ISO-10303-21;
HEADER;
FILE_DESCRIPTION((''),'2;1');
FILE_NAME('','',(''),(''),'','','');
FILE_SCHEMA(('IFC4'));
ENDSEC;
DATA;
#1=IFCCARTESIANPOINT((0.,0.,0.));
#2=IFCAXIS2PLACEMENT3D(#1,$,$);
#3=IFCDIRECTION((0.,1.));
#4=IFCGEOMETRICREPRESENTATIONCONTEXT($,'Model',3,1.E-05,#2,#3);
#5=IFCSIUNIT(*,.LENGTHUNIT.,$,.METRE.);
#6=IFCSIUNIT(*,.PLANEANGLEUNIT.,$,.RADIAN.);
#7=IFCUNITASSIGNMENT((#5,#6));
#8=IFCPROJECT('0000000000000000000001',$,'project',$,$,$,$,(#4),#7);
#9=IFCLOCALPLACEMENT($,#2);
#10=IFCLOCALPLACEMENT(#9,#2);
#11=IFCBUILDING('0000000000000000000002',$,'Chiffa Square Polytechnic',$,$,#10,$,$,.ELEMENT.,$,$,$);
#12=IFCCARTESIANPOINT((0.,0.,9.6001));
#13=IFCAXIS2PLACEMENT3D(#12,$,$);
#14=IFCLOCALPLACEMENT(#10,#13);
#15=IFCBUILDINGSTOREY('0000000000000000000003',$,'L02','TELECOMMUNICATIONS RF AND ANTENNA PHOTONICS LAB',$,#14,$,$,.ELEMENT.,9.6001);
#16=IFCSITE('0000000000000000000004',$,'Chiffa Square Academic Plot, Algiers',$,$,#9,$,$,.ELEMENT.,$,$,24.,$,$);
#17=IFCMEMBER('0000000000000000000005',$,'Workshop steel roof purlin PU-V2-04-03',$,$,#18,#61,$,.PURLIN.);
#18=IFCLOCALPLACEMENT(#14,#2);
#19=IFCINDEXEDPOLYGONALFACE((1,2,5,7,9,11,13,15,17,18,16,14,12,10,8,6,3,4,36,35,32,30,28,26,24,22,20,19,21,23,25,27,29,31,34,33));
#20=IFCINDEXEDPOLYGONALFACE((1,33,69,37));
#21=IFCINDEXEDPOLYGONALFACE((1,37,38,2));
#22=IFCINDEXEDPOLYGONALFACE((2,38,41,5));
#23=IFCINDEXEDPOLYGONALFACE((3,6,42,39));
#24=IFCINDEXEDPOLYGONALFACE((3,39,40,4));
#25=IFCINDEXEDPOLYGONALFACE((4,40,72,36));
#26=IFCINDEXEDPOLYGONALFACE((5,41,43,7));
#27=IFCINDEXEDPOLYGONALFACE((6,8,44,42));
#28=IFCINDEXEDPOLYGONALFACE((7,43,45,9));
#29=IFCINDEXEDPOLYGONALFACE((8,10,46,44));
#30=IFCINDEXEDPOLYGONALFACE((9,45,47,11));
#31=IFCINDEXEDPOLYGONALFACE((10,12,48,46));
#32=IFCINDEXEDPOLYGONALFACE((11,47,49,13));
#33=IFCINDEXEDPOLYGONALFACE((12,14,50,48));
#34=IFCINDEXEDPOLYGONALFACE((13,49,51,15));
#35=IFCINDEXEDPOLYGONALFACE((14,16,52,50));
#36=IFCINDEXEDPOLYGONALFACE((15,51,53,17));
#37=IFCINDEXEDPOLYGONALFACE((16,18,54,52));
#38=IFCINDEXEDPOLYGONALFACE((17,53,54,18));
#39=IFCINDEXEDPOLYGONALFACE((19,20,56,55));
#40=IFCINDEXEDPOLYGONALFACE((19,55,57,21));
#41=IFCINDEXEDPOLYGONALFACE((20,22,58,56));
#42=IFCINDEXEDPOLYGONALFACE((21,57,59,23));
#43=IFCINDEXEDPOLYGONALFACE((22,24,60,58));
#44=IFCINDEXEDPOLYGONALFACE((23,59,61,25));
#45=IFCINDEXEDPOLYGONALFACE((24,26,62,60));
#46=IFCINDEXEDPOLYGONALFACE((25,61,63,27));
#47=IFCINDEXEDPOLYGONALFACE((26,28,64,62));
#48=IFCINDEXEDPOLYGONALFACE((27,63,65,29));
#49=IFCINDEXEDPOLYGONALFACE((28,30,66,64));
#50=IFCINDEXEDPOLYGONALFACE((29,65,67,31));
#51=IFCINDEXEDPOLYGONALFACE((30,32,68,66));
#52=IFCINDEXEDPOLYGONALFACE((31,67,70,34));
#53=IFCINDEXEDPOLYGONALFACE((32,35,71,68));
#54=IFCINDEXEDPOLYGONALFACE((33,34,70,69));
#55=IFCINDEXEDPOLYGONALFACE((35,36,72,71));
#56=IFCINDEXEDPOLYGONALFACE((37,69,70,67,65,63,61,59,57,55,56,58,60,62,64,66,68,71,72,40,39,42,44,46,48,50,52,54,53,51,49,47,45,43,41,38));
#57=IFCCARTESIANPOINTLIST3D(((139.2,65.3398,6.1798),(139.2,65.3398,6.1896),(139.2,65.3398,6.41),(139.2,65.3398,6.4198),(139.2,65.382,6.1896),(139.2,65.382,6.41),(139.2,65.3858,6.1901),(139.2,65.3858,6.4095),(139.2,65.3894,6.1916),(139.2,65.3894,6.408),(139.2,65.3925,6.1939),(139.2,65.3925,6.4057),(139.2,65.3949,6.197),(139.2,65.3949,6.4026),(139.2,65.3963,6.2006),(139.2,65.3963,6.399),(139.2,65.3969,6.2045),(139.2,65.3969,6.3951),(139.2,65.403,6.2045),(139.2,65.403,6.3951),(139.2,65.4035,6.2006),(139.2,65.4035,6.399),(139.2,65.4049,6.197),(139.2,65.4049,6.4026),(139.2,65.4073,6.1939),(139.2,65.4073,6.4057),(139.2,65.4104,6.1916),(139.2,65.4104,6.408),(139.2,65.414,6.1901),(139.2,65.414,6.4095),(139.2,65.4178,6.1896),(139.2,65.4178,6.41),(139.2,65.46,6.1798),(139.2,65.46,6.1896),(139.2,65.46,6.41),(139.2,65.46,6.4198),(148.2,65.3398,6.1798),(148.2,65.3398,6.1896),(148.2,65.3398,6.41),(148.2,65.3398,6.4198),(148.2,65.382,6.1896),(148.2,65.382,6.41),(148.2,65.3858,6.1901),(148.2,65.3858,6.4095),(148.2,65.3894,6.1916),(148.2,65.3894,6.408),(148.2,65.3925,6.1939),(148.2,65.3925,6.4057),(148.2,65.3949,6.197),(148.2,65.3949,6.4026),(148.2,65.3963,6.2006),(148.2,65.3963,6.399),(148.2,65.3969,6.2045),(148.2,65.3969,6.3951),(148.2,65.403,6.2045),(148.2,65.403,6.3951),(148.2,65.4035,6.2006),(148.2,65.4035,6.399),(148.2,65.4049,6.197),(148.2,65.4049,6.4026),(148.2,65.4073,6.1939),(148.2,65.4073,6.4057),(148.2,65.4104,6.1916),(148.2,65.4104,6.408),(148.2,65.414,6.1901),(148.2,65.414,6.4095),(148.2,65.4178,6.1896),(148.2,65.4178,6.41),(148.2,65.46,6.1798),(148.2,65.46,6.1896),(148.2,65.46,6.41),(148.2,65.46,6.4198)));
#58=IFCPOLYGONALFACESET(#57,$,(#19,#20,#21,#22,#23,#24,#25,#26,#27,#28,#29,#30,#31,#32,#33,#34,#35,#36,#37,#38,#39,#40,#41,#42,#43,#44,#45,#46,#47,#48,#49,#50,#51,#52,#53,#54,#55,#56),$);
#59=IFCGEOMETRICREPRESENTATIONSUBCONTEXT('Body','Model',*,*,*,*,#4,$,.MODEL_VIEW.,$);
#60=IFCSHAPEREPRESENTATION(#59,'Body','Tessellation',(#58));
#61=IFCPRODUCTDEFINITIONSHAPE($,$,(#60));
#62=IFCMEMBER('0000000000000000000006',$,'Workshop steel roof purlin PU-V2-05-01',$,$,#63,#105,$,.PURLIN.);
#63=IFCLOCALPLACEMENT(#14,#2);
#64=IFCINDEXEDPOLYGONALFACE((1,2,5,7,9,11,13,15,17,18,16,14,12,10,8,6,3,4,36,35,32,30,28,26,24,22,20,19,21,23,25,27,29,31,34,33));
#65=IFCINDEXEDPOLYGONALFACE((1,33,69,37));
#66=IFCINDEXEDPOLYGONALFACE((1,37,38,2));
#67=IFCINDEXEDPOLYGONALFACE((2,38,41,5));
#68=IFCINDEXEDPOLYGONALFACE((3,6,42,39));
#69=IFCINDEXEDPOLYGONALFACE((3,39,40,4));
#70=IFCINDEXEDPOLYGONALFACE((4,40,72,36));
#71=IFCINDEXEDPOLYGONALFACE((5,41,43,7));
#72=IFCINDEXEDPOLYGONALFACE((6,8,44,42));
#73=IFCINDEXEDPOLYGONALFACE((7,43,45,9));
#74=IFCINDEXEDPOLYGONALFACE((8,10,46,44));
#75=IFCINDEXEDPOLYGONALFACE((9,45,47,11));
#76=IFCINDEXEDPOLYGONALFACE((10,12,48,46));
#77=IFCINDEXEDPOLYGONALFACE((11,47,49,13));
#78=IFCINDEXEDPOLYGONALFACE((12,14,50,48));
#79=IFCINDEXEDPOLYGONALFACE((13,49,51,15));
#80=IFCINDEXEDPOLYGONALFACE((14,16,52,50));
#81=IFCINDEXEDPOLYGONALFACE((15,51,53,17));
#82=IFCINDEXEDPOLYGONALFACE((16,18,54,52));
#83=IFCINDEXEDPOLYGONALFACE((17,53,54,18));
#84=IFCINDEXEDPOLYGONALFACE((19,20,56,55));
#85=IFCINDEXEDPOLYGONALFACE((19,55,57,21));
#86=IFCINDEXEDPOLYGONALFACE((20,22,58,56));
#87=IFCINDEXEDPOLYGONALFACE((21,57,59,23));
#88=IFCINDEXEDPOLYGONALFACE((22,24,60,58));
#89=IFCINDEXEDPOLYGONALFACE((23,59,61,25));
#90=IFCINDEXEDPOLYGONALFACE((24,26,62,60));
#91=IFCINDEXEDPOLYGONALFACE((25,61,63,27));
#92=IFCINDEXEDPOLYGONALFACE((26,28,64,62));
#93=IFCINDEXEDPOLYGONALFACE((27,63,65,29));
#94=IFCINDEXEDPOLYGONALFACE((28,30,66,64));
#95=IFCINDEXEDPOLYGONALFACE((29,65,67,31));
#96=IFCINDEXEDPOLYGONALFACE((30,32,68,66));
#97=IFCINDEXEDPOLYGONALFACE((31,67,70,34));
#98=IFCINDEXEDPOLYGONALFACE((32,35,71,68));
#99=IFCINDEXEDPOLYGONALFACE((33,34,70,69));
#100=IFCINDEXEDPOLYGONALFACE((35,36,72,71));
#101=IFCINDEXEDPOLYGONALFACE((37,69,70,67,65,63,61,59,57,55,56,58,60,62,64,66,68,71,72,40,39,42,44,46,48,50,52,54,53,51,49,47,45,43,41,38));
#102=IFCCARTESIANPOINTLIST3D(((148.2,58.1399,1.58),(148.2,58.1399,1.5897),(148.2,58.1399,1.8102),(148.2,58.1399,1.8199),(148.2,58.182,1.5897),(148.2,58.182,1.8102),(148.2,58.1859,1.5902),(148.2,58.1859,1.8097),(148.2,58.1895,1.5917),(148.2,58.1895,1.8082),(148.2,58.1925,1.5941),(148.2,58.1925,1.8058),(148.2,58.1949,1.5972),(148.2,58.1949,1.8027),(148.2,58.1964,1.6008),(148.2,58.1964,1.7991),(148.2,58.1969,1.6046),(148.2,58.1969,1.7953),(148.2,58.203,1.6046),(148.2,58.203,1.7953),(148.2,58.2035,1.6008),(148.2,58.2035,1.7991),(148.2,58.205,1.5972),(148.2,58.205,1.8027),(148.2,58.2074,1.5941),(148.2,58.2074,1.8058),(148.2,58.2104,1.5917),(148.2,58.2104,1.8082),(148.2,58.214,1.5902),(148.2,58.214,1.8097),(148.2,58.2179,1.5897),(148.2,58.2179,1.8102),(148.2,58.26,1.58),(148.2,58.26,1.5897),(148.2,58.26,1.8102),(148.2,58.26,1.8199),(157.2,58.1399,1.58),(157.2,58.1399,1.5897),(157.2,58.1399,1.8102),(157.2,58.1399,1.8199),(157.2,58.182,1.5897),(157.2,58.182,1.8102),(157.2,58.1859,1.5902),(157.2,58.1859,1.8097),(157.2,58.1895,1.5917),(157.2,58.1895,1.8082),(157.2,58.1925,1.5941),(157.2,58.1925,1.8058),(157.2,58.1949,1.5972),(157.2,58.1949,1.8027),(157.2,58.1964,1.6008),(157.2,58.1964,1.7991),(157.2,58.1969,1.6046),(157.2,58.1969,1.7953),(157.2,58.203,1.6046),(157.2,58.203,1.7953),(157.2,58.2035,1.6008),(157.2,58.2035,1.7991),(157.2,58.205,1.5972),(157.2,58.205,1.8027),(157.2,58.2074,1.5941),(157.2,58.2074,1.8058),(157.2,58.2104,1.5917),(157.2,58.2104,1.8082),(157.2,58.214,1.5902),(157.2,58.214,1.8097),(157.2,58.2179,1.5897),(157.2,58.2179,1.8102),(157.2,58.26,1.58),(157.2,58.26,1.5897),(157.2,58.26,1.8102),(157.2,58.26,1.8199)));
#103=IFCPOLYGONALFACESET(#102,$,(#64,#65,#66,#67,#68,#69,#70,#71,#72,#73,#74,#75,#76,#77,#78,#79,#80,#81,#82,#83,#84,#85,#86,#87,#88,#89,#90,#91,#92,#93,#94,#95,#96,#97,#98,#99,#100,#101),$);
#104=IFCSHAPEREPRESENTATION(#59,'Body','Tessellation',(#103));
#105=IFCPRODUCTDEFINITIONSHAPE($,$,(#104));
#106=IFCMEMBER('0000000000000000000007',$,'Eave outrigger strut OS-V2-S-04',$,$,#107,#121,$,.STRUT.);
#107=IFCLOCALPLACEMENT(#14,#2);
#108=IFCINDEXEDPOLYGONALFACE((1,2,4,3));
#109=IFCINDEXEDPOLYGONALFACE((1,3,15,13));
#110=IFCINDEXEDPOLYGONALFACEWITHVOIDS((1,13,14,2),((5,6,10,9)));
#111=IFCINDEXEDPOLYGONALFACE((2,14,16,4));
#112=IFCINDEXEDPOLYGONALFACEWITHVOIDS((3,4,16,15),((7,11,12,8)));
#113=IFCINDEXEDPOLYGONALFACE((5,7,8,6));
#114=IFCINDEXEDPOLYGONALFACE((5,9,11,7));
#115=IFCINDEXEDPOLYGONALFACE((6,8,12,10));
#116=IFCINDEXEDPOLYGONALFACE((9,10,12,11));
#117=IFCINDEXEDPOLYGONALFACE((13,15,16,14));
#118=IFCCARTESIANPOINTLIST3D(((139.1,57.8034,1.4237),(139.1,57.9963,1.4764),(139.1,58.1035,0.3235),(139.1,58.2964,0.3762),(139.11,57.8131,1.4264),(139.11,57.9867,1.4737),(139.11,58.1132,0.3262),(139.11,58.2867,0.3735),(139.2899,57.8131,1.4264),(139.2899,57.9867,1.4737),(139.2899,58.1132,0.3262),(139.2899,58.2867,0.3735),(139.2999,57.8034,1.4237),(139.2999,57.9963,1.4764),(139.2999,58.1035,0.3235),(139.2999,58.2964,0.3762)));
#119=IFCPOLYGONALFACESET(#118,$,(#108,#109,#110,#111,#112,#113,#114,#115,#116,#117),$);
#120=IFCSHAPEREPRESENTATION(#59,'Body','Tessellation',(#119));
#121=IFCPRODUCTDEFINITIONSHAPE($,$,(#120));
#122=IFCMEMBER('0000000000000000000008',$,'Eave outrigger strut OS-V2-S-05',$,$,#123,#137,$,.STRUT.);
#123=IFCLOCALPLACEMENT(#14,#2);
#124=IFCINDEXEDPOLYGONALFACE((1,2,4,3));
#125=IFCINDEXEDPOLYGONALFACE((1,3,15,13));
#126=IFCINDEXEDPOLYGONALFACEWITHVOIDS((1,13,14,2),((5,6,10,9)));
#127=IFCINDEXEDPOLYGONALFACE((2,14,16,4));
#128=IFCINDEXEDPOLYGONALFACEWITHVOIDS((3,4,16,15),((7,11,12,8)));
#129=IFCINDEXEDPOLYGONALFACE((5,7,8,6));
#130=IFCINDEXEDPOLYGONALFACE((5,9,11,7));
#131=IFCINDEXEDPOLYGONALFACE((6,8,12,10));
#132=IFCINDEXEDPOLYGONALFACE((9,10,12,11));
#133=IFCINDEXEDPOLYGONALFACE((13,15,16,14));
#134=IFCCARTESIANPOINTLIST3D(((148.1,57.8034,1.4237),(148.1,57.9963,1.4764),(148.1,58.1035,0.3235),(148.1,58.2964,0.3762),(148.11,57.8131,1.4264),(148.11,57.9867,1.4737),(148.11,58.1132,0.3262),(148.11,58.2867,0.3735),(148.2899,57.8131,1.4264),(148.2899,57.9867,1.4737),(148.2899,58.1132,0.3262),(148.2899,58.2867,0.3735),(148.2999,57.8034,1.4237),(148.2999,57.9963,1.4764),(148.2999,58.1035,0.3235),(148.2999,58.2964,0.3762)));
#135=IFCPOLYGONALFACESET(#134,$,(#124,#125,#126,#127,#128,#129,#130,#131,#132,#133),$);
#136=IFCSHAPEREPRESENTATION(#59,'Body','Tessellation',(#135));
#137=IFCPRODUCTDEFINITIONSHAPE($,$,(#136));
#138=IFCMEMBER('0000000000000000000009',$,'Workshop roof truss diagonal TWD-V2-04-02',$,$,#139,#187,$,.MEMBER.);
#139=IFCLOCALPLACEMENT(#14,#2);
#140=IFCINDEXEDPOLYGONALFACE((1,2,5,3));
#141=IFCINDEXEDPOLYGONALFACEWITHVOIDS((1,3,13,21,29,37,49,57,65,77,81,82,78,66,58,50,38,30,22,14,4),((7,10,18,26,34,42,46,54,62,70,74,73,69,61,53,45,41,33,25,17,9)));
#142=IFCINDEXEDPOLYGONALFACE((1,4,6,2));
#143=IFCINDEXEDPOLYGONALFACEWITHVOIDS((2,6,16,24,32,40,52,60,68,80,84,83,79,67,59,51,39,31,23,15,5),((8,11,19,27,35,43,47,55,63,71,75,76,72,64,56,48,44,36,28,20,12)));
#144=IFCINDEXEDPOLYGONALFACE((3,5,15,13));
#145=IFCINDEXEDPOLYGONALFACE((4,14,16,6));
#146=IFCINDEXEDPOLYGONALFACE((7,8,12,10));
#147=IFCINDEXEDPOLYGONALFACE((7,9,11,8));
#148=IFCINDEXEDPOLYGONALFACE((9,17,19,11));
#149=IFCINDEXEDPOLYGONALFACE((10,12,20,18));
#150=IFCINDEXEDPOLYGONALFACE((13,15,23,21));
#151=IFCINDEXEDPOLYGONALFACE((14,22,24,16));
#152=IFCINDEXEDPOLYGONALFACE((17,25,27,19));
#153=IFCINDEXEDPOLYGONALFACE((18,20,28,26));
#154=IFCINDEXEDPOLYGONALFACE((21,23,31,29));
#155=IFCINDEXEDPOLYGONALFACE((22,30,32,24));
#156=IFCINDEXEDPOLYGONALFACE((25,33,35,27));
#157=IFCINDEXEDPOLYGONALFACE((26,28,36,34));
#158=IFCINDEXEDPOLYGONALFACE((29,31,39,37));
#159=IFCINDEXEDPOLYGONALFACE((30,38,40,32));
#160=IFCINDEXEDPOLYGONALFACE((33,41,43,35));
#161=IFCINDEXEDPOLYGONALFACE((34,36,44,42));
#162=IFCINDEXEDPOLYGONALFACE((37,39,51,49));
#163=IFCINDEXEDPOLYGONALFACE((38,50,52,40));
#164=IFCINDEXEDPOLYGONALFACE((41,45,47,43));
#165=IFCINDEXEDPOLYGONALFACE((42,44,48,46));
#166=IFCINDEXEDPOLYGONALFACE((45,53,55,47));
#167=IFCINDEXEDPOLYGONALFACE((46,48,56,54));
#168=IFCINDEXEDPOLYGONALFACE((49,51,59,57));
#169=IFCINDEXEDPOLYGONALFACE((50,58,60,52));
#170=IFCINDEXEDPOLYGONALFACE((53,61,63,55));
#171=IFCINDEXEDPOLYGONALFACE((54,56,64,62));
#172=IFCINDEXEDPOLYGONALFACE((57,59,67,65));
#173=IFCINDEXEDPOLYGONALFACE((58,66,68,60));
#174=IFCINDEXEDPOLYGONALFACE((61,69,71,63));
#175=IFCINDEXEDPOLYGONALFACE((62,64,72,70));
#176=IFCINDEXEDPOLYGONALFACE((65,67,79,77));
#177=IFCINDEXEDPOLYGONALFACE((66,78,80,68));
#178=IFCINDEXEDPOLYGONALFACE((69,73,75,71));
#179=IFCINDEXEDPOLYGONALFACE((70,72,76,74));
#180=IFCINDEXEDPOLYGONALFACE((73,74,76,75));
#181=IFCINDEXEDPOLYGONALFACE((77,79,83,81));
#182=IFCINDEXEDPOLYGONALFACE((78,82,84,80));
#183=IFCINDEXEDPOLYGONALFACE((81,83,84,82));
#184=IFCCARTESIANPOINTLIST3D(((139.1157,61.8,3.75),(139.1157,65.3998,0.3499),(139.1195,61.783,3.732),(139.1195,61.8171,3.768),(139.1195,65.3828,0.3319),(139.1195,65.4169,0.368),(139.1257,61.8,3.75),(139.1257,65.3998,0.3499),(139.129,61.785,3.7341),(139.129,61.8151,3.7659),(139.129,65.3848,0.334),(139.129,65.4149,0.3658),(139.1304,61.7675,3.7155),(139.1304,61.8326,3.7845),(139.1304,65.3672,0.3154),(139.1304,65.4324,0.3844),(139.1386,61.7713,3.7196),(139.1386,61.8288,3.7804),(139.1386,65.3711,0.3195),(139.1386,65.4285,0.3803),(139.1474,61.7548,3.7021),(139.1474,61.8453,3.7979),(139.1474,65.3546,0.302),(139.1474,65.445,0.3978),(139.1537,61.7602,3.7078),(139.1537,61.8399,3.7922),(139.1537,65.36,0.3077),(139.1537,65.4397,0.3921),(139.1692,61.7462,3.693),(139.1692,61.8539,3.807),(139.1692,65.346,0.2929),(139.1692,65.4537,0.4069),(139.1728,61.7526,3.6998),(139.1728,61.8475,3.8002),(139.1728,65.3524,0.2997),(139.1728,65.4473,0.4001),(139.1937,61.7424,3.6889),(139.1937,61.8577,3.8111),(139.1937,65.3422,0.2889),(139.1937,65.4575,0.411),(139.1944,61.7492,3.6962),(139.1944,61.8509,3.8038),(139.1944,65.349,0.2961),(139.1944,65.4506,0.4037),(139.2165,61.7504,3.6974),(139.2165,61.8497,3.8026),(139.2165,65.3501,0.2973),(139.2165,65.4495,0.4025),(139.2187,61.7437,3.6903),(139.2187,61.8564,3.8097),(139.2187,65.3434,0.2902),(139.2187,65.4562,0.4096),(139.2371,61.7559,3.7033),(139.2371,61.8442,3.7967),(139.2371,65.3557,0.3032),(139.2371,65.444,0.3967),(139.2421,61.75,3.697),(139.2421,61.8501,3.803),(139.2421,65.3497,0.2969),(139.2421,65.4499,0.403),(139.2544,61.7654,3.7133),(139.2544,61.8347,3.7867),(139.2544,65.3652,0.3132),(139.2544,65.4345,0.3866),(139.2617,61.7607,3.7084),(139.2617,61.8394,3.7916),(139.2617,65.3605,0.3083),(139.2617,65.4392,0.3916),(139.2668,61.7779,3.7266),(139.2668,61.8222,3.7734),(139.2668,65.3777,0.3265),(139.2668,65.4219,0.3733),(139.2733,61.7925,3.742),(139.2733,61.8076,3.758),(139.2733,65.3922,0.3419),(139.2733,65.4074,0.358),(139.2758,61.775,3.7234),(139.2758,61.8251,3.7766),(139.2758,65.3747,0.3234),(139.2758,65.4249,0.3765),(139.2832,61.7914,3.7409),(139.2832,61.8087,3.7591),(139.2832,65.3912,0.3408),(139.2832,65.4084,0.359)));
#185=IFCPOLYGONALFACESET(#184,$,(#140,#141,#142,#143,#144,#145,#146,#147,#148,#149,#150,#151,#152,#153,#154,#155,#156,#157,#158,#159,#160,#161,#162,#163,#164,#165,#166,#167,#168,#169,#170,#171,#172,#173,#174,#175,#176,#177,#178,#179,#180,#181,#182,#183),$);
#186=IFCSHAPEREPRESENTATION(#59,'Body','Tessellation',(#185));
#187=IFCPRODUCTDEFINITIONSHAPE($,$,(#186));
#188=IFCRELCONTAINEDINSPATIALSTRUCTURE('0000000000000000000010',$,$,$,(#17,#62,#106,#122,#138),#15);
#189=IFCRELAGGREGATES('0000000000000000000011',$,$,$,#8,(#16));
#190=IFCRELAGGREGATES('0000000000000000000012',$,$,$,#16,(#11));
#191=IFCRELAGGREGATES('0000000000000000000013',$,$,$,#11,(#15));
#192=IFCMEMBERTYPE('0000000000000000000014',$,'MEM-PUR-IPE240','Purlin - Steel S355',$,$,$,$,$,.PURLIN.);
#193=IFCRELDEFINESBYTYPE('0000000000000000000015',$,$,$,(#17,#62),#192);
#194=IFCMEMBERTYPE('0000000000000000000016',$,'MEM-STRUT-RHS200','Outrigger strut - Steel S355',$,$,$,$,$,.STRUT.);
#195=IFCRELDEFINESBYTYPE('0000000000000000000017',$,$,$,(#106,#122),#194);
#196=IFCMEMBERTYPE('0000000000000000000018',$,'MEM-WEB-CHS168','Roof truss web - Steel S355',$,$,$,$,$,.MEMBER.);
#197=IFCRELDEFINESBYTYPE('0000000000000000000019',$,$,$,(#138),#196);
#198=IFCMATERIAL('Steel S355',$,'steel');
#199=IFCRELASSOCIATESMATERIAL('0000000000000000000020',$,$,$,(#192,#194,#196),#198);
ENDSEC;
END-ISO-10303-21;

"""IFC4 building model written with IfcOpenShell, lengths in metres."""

from ifc_helpers import new_model, si_unit, direction, frame, origin, origin_2d, place, context, subcontext, project, spatial, hollow_rectangle, hollow_circle, i_section, extrude, material, material_profile, profile_set, type_object, element, save


model = new_model("IFC4")

# Units and contexts
model_context = context("Model", 3, precision=1e-05, world=origin(), true_north=direction((0.0, 1.0)))
body_context = subcontext(model_context, "Body", "Model", "MODEL_VIEW")
ifc_project = project(units=[si_unit("LENGTHUNIT", "METRE"), si_unit("PLANEANGLEUNIT", "RADIAN")], contexts=[model_context])

# Site, building, storey
site_placement = place(None, origin())
site = spatial("IfcSite", under=ifc_project, at=site_placement, Name="Chiffa Square Academic Plot, Algiers", CompositionType="ELEMENT", RefElevation=24.0)
building_placement = place(site_placement, origin())
building = spatial("IfcBuilding", under=site, at=building_placement, Name="Chiffa Square Polytechnic", CompositionType="ELEMENT")
storey_placement = place(building_placement, frame((0.0, 0.0, 9.6001)))
storey = spatial("IfcBuildingStorey", under=building, at=storey_placement, Name="L02", Description="TELECOMMUNICATIONS RF AND ANTENNA PHOTONICS LAB", CompositionType="ELEMENT", Elevation=9.6001)

# Shared definitions
ifc_material = material(Name="Steel S355", Category="steel")

# Members
ifc_material_profile_1 = material_profile(ifc_material, i_section(OverallWidth=0.1201, OverallDepth=0.24, WebThickness=0.0061, FlangeThickness=0.0098, FilletRadius=0.0149, at=origin_2d()), Name="IPE 240")
ifc_profile_set_1 = profile_set([ifc_material_profile_1], Name="Steel S355")
member_type_1 = type_object("IfcMemberType", Name="MEM-PUR-IPE240", Description="Purlin - Steel S355", PredefinedType="PURLIN", material=ifc_profile_set_1)
for number, where, z_axis, x_axis, name in (
    (1, (139.2, 65.3999, 6.2998), (1.0, 0.0, 0.0), (0.0, 1.0, 0.0), "Workshop steel roof purlin PU-V2-04-03"),
    (2, (148.2, 58.2, 1.7), (1.0, 0.0, 0.0), (0.0, 1.0, 0.0), "Workshop steel roof purlin PU-V2-05-01"),
):
    element("IfcMember", number, at=place(storey_placement, frame(where, z_axis=z_axis, x_axis=x_axis)), inside=storey, type_object=member_type_1, Name=name, PredefinedType="PURLIN", context=body_context, shape_type="SweptSolid", body=[
        extrude(i_section(OverallWidth=0.1201, OverallDepth=0.24, WebThickness=0.0061, FlangeThickness=0.0098, FilletRadius=0.0149, at=origin_2d()), origin(), (0.0, 0.0, 1.0), 9.0),
    ])
ifc_material_profile_2 = material_profile(ifc_material, hollow_rectangle(XDim=0.2, YDim=0.2, WallThickness=0.01, at=origin_2d()), Name="RHS 200x200x10")
ifc_profile_set_2 = profile_set([ifc_material_profile_2], Name="Steel S355")
member_type_2 = type_object("IfcMemberType", Name="MEM-STRUT-RHS200", Description="Outrigger strut - Steel S355", PredefinedType="STRUT", material=ifc_profile_set_2)
for number, where, z_axis, x_axis, name in (
    (3, (139.2, 58.2, 0.3499), (0.0, -0.263136, 0.964759), (1.0, 0.0, 0.0), "Eave outrigger strut OS-V2-S-04"),
    (4, (148.2, 58.2, 0.3499), (0.0, -0.263136, 0.964759), (1.0, 0.0, 0.0), "Eave outrigger strut OS-V2-S-05"),
):
    element("IfcMember", number, at=place(storey_placement, frame(where, z_axis=z_axis, x_axis=x_axis)), inside=storey, type_object=member_type_2, Name=name, PredefinedType="STRUT", context=body_context, shape_type="SweptSolid", body=[
        extrude(hollow_rectangle(XDim=0.2, YDim=0.2, WallThickness=0.01, at=origin_2d()), origin(), (0.0, 0.0, 1.0), 1.1404),
    ])
ifc_material_profile_3 = material_profile(ifc_material, hollow_circle(Radius=0.0842, WallThickness=0.01, at=origin_2d()), Name="CHS 168.3x10")
ifc_profile_set_3 = profile_set([ifc_material_profile_3], Name="Steel S355")
member_type_3 = type_object("IfcMemberType", Name="MEM-WEB-CHS168", Description="Roof truss web - Steel S355", PredefinedType="MEMBER", material=ifc_profile_set_3)
member_1_placement = place(storey_placement, frame((139.2, 61.8, 3.75), z_axis=(0.0, 0.726984, -0.686654), x_axis=(-1.0, 0.0, 0.0)))
element("IfcMember", 5, at=member_1_placement, inside=storey, type_object=member_type_3, Name="Workshop roof truss diagonal TWD-V2-04-02", PredefinedType="MEMBER", context=body_context, shape_type="SweptSolid", body=[
    extrude(hollow_circle(Radius=0.0842, WallThickness=0.01, at=origin_2d()), origin(), (0.0, 0.0, 1.0), 4.9517),
])

save(model, "model.ifc")
